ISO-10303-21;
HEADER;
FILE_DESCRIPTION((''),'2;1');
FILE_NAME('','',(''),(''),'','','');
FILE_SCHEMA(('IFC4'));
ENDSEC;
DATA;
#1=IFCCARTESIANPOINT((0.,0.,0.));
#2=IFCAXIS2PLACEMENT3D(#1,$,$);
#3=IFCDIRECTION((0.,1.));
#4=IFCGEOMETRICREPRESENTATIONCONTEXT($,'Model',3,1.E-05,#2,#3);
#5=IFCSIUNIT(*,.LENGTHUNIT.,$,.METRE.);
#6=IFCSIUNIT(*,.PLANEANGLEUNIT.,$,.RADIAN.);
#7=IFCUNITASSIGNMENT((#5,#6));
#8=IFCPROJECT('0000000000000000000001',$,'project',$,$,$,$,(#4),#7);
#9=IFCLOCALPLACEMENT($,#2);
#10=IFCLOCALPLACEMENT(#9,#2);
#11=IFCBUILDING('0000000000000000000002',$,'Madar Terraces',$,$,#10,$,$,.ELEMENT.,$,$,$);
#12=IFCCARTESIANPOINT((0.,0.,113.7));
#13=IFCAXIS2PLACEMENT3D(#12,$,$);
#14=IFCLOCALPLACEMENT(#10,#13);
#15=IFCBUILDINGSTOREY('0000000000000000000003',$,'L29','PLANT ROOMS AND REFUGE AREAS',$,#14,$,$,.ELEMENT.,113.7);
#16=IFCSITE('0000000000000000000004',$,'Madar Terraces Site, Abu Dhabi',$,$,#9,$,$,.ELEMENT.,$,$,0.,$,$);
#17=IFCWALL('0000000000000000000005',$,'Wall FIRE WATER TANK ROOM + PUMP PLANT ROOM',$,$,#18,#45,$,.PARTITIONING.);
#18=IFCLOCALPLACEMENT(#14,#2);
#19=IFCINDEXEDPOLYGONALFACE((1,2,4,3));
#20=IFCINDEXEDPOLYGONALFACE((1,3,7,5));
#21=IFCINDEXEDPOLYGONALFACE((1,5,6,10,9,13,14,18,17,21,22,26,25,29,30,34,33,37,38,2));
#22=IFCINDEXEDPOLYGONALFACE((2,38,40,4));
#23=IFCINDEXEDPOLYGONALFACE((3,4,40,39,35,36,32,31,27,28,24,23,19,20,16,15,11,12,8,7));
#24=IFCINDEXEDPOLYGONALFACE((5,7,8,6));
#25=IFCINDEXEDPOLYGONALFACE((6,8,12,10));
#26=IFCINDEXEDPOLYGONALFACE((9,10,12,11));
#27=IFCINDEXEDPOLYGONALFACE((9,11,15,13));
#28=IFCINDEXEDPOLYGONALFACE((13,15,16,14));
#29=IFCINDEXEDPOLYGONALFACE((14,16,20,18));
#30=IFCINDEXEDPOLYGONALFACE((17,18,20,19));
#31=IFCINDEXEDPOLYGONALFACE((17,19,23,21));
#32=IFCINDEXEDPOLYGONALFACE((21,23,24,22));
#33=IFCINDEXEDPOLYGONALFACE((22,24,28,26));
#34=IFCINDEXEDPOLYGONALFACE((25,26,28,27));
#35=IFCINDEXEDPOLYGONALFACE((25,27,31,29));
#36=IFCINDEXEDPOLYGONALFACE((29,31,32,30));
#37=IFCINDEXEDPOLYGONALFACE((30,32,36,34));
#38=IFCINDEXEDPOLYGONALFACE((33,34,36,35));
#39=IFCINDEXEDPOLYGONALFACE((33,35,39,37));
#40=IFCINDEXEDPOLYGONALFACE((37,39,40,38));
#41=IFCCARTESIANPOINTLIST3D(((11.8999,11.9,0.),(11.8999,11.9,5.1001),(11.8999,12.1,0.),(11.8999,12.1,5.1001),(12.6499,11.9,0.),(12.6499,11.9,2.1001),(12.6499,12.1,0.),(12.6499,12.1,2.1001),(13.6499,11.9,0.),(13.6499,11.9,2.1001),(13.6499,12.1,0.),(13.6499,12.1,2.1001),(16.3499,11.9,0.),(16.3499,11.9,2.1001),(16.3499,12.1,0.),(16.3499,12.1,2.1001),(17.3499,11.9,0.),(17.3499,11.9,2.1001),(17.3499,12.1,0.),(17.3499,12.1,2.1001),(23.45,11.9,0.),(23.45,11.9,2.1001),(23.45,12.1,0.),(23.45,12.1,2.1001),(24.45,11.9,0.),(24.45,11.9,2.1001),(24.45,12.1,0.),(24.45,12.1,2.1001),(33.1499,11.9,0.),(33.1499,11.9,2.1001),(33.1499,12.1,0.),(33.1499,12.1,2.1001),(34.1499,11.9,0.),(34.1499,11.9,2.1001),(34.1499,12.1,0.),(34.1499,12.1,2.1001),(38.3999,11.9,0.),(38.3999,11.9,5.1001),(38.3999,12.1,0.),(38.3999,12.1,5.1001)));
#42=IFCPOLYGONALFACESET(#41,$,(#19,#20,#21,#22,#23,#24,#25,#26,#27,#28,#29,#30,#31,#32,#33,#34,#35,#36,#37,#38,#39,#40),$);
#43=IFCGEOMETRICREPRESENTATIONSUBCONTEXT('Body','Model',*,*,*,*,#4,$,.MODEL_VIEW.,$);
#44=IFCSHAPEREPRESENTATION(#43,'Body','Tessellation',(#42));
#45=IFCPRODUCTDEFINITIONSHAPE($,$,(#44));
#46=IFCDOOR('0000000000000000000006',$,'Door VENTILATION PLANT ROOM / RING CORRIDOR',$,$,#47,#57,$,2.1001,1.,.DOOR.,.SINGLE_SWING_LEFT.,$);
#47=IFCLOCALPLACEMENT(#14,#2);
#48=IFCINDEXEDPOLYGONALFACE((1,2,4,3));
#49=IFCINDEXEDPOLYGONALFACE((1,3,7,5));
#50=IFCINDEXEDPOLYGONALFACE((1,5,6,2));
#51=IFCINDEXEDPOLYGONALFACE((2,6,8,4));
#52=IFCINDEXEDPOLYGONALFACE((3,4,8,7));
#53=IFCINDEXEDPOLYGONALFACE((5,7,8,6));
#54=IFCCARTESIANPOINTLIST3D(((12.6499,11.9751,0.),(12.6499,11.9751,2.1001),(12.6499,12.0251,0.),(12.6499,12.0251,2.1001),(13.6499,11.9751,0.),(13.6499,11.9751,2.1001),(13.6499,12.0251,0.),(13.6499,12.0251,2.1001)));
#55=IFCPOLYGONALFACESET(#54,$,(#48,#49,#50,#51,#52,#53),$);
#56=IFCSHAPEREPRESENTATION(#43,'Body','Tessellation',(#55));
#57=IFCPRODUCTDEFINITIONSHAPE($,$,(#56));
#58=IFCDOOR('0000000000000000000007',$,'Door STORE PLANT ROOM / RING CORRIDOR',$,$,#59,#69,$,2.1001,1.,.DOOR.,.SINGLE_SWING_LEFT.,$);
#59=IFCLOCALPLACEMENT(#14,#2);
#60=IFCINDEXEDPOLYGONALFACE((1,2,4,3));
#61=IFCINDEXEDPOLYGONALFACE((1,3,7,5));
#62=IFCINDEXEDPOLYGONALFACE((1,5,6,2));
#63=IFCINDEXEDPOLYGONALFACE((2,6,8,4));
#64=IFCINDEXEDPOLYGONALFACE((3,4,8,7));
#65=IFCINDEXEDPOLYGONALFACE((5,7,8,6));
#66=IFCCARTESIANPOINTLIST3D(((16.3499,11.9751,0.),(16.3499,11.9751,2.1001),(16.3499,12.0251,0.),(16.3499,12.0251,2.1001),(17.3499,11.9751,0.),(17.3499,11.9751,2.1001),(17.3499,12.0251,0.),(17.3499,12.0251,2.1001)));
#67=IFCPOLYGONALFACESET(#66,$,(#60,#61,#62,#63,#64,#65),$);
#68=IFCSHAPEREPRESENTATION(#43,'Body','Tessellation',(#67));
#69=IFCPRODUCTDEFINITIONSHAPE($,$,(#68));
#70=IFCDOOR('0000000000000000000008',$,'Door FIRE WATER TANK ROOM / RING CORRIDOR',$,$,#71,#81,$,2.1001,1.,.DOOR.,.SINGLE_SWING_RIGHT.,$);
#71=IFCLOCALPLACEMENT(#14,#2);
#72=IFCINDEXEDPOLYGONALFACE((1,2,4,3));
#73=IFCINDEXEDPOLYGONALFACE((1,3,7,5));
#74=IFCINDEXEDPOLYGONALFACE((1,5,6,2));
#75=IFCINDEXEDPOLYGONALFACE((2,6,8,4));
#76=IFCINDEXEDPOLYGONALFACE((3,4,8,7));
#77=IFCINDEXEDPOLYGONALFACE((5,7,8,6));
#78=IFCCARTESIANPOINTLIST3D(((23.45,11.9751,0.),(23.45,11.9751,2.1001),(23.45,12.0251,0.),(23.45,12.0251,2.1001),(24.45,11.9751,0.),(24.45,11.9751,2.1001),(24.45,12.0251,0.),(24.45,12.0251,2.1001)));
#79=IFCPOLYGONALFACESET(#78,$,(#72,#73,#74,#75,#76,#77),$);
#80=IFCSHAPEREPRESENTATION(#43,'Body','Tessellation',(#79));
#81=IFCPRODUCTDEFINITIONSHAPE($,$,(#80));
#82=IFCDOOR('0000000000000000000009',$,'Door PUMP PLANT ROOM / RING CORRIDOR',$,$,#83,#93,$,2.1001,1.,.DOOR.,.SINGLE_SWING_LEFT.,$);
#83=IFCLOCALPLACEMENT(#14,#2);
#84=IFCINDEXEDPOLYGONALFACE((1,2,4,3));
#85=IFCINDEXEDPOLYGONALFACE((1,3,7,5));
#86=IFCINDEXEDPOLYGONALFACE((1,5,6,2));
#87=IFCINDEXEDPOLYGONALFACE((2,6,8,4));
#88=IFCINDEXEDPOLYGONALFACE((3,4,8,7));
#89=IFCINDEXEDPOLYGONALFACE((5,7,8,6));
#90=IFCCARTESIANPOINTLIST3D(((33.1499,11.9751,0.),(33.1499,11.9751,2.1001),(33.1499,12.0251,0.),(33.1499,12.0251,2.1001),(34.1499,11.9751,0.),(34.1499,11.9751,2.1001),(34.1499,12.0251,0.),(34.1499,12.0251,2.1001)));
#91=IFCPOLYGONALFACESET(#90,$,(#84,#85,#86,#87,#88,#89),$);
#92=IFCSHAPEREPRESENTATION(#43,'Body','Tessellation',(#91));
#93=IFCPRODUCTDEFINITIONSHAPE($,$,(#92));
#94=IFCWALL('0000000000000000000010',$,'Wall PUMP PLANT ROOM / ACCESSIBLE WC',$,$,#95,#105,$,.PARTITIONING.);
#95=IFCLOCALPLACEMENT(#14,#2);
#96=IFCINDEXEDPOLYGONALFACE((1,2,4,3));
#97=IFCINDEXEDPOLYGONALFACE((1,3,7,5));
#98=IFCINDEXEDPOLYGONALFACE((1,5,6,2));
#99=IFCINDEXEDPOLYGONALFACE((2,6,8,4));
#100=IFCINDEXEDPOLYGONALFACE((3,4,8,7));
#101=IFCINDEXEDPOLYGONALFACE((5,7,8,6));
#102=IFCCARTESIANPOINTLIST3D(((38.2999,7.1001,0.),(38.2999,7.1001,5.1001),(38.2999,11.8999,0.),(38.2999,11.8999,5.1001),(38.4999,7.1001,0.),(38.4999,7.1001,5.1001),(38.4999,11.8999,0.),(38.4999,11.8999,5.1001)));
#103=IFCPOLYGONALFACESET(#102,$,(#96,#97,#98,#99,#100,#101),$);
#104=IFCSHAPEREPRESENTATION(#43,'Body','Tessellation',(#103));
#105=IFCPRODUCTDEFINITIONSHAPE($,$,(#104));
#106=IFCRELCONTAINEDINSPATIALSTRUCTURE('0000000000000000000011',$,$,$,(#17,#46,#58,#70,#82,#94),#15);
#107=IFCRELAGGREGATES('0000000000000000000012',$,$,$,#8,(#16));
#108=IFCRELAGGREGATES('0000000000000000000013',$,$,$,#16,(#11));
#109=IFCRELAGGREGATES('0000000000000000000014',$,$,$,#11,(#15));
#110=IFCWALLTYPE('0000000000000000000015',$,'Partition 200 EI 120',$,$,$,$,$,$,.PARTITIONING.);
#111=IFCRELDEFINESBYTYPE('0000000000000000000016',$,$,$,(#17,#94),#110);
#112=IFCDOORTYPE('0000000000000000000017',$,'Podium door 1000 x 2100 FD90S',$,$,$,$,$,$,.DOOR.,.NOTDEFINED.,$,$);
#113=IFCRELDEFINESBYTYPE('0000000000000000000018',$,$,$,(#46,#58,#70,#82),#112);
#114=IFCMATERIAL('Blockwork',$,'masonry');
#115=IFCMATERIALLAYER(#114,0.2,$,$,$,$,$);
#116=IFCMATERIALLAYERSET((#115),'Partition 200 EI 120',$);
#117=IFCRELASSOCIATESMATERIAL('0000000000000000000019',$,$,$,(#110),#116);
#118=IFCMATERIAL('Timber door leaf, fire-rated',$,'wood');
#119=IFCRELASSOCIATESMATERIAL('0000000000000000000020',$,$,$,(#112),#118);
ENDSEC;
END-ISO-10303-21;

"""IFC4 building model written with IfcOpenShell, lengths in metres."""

from ifc_helpers import new_model, si_unit, direction, frame, frame_2d, origin, place, context, subcontext, project, spatial, rectangle, extrude, material, layer, layer_set, type_object, element, fill, save


model = new_model("IFC4")

# Units and contexts
model_context = context("Model", 3, precision=1e-05, world=origin(), true_north=direction((0.0, 1.0)))
body_context = subcontext(model_context, "Body", "Model", "MODEL_VIEW")
ifc_project = project(units=[si_unit("LENGTHUNIT", "METRE"), si_unit("PLANEANGLEUNIT", "RADIAN")], contexts=[model_context])

# Site, building, storey
site_placement = place(None, origin())
site = spatial("IfcSite", under=ifc_project, at=site_placement, Name="Madar Terraces Site, Abu Dhabi", CompositionType="ELEMENT", RefElevation=0.0)
building_placement = place(site_placement, origin())
building = spatial("IfcBuilding", under=site, at=building_placement, Name="Madar Terraces", CompositionType="ELEMENT")
storey_placement = place(building_placement, frame((0.0, 0.0, 113.7)))
storey = spatial("IfcBuildingStorey", under=building, at=storey_placement, Name="L29", Description="PLANT ROOMS AND REFUGE AREAS", CompositionType="ELEMENT", Elevation=113.7)

# Wall, openings, doors
ifc_material_1 = material(Name="Blockwork", Category="masonry")
ifc_layer_1 = layer(ifc_material_1, 0.2)
ifc_layer_set_1 = layer_set([ifc_layer_1], Name="Partition 200 EI 120")
wall_type = type_object("IfcWallType", Name="Partition 200 EI 120", PredefinedType="PARTITIONING", material=ifc_layer_set_1)
wall_1_placement = place(storey_placement, frame((38.3999, 12.0, 0.0), z_axis=(0.0, 0.0, 1.0), x_axis=(-1.0, 0.0, 0.0)))
wall_1 = element("IfcWall", 1, at=wall_1_placement, inside=storey, type_object=wall_type, Name="Wall FIRE WATER TANK ROOM + PUMP PLANT ROOM", PredefinedType="PARTITIONING", context=body_context, shape_type="SweptSolid", body=[
    extrude(rectangle(XDim=26.5, YDim=0.2, at=frame_2d((13.25, 0.0))), origin(), (0.0, 0.0, 1.0), 5.1001),
])
opening_1_placement = place(wall_1_placement, frame((24.75, 0.0, 0.0)))
opening_1 = element("IfcOpeningElement", 2, at=opening_1_placement, cuts=wall_1, PredefinedType="OPENING", context=body_context, shape_type="SweptSolid", body=[
    extrude(rectangle(XDim=1.0, YDim=2.1001, at=frame_2d((0.5, 1.05))), frame((0.0, 0.1099, 0.0), z_axis=(0.0, -1.0, 0.0), x_axis=(1.0, 0.0, 0.0)), (0.0, 0.0, 1.0), 0.22),
])
opening_2_placement = place(wall_1_placement, frame((21.05, 0.0, 0.0)))
opening_2 = element("IfcOpeningElement", 3, at=opening_2_placement, cuts=wall_1, PredefinedType="OPENING", context=body_context, shape_type="SweptSolid", body=[
    extrude(rectangle(XDim=1.0, YDim=2.1001, at=frame_2d((0.5, 1.05))), frame((0.0, 0.1099, 0.0), z_axis=(0.0, -1.0, 0.0), x_axis=(1.0, 0.0, 0.0)), (0.0, 0.0, 1.0), 0.22),
])
opening_3_placement = place(wall_1_placement, frame((13.95, 0.0, 0.0)))
opening_3 = element("IfcOpeningElement", 4, at=opening_3_placement, cuts=wall_1, PredefinedType="OPENING", context=body_context, shape_type="SweptSolid", body=[
    extrude(rectangle(XDim=1.0, YDim=2.1001, at=frame_2d((0.5, 1.05))), frame((0.0, 0.1099, 0.0), z_axis=(0.0, -1.0, 0.0), x_axis=(1.0, 0.0, 0.0)), (0.0, 0.0, 1.0), 0.22),
])
opening_4_placement = place(wall_1_placement, frame((4.25, 0.0, 0.0)))
opening_4 = element("IfcOpeningElement", 5, at=opening_4_placement, cuts=wall_1, PredefinedType="OPENING", context=body_context, shape_type="SweptSolid", body=[
    extrude(rectangle(XDim=1.0, YDim=2.1001, at=frame_2d((0.5, 1.05))), frame((0.0, 0.1099, 0.0), z_axis=(0.0, -1.0, 0.0), x_axis=(1.0, 0.0, 0.0)), (0.0, 0.0, 1.0), 0.22),
])
ifc_material_2 = material(Name="Timber door leaf, fire-rated", Category="wood")
door_type = type_object("IfcDoorType", Name="Podium door 1000 x 2100 FD90S", OperationType="NOTDEFINED", PredefinedType="DOOR", material=ifc_material_2)
door_1_placement = place(opening_1_placement, origin())
door_1 = element("IfcDoor", 6, at=door_1_placement, inside=storey, type_object=door_type, Name="Door VENTILATION PLANT ROOM / RING CORRIDOR", OperationType="SINGLE_SWING_LEFT", OverallHeight=2.1001, OverallWidth=1.0, PredefinedType="DOOR", context=body_context, shape_type="SweptSolid", body=[
    extrude(rectangle(XDim=1.0, YDim=2.1001, at=frame_2d((0.5, 1.05))), frame((0.0, 0.0249, 0.0), z_axis=(0.0, -1.0, 0.0), x_axis=(1.0, 0.0, 0.0)), (0.0, 0.0, 1.0), 0.05),
])
fill(opening_1, door_1)
door_2_placement = place(opening_2_placement, origin())
door_2 = element("IfcDoor", 7, at=door_2_placement, inside=storey, type_object=door_type, Name="Door STORE PLANT ROOM / RING CORRIDOR", OperationType="SINGLE_SWING_LEFT", OverallHeight=2.1001, OverallWidth=1.0, PredefinedType="DOOR", context=body_context, shape_type="SweptSolid", body=[
    extrude(rectangle(XDim=1.0, YDim=2.1001, at=frame_2d((0.5, 1.05))), frame((0.0, 0.0249, 0.0), z_axis=(0.0, -1.0, 0.0), x_axis=(1.0, 0.0, 0.0)), (0.0, 0.0, 1.0), 0.05),
])
fill(opening_2, door_2)
door_3_placement = place(opening_3_placement, origin())
door_3 = element("IfcDoor", 8, at=door_3_placement, inside=storey, type_object=door_type, Name="Door FIRE WATER TANK ROOM / RING CORRIDOR", OperationType="SINGLE_SWING_RIGHT", OverallHeight=2.1001, OverallWidth=1.0, PredefinedType="DOOR", context=body_context, shape_type="SweptSolid", body=[
    extrude(rectangle(XDim=1.0, YDim=2.1001, at=frame_2d((0.5, 1.05))), frame((0.0, 0.0249, 0.0), z_axis=(0.0, -1.0, 0.0), x_axis=(1.0, 0.0, 0.0)), (0.0, 0.0, 1.0), 0.05),
])
fill(opening_3, door_3)
door_4_placement = place(opening_4_placement, origin())
door_4 = element("IfcDoor", 9, at=door_4_placement, inside=storey, type_object=door_type, Name="Door PUMP PLANT ROOM / RING CORRIDOR", OperationType="SINGLE_SWING_LEFT", OverallHeight=2.1001, OverallWidth=1.0, PredefinedType="DOOR", context=body_context, shape_type="SweptSolid", body=[
    extrude(rectangle(XDim=1.0, YDim=2.1001, at=frame_2d((0.5, 1.05))), frame((0.0, 0.0249, 0.0), z_axis=(0.0, -1.0, 0.0), x_axis=(1.0, 0.0, 0.0)), (0.0, 0.0, 1.0), 0.05),
])
fill(opening_4, door_4)

# Wall
wall_2_placement = place(storey_placement, frame((38.3999, 7.1001, 0.0), z_axis=(0.0, 0.0, 1.0), x_axis=(0.0, 1.0, 0.0)))
element("IfcWall", 10, at=wall_2_placement, inside=storey, type_object=wall_type, Name="Wall PUMP PLANT ROOM / ACCESSIBLE WC", PredefinedType="PARTITIONING", context=body_context, shape_type="SweptSolid", body=[
    extrude(rectangle(XDim=4.7998, YDim=0.2, at=frame_2d((2.3999, 0.0))), origin(), (0.0, 0.0, 1.0), 5.1001),
])

save(model, "model.ifc")
